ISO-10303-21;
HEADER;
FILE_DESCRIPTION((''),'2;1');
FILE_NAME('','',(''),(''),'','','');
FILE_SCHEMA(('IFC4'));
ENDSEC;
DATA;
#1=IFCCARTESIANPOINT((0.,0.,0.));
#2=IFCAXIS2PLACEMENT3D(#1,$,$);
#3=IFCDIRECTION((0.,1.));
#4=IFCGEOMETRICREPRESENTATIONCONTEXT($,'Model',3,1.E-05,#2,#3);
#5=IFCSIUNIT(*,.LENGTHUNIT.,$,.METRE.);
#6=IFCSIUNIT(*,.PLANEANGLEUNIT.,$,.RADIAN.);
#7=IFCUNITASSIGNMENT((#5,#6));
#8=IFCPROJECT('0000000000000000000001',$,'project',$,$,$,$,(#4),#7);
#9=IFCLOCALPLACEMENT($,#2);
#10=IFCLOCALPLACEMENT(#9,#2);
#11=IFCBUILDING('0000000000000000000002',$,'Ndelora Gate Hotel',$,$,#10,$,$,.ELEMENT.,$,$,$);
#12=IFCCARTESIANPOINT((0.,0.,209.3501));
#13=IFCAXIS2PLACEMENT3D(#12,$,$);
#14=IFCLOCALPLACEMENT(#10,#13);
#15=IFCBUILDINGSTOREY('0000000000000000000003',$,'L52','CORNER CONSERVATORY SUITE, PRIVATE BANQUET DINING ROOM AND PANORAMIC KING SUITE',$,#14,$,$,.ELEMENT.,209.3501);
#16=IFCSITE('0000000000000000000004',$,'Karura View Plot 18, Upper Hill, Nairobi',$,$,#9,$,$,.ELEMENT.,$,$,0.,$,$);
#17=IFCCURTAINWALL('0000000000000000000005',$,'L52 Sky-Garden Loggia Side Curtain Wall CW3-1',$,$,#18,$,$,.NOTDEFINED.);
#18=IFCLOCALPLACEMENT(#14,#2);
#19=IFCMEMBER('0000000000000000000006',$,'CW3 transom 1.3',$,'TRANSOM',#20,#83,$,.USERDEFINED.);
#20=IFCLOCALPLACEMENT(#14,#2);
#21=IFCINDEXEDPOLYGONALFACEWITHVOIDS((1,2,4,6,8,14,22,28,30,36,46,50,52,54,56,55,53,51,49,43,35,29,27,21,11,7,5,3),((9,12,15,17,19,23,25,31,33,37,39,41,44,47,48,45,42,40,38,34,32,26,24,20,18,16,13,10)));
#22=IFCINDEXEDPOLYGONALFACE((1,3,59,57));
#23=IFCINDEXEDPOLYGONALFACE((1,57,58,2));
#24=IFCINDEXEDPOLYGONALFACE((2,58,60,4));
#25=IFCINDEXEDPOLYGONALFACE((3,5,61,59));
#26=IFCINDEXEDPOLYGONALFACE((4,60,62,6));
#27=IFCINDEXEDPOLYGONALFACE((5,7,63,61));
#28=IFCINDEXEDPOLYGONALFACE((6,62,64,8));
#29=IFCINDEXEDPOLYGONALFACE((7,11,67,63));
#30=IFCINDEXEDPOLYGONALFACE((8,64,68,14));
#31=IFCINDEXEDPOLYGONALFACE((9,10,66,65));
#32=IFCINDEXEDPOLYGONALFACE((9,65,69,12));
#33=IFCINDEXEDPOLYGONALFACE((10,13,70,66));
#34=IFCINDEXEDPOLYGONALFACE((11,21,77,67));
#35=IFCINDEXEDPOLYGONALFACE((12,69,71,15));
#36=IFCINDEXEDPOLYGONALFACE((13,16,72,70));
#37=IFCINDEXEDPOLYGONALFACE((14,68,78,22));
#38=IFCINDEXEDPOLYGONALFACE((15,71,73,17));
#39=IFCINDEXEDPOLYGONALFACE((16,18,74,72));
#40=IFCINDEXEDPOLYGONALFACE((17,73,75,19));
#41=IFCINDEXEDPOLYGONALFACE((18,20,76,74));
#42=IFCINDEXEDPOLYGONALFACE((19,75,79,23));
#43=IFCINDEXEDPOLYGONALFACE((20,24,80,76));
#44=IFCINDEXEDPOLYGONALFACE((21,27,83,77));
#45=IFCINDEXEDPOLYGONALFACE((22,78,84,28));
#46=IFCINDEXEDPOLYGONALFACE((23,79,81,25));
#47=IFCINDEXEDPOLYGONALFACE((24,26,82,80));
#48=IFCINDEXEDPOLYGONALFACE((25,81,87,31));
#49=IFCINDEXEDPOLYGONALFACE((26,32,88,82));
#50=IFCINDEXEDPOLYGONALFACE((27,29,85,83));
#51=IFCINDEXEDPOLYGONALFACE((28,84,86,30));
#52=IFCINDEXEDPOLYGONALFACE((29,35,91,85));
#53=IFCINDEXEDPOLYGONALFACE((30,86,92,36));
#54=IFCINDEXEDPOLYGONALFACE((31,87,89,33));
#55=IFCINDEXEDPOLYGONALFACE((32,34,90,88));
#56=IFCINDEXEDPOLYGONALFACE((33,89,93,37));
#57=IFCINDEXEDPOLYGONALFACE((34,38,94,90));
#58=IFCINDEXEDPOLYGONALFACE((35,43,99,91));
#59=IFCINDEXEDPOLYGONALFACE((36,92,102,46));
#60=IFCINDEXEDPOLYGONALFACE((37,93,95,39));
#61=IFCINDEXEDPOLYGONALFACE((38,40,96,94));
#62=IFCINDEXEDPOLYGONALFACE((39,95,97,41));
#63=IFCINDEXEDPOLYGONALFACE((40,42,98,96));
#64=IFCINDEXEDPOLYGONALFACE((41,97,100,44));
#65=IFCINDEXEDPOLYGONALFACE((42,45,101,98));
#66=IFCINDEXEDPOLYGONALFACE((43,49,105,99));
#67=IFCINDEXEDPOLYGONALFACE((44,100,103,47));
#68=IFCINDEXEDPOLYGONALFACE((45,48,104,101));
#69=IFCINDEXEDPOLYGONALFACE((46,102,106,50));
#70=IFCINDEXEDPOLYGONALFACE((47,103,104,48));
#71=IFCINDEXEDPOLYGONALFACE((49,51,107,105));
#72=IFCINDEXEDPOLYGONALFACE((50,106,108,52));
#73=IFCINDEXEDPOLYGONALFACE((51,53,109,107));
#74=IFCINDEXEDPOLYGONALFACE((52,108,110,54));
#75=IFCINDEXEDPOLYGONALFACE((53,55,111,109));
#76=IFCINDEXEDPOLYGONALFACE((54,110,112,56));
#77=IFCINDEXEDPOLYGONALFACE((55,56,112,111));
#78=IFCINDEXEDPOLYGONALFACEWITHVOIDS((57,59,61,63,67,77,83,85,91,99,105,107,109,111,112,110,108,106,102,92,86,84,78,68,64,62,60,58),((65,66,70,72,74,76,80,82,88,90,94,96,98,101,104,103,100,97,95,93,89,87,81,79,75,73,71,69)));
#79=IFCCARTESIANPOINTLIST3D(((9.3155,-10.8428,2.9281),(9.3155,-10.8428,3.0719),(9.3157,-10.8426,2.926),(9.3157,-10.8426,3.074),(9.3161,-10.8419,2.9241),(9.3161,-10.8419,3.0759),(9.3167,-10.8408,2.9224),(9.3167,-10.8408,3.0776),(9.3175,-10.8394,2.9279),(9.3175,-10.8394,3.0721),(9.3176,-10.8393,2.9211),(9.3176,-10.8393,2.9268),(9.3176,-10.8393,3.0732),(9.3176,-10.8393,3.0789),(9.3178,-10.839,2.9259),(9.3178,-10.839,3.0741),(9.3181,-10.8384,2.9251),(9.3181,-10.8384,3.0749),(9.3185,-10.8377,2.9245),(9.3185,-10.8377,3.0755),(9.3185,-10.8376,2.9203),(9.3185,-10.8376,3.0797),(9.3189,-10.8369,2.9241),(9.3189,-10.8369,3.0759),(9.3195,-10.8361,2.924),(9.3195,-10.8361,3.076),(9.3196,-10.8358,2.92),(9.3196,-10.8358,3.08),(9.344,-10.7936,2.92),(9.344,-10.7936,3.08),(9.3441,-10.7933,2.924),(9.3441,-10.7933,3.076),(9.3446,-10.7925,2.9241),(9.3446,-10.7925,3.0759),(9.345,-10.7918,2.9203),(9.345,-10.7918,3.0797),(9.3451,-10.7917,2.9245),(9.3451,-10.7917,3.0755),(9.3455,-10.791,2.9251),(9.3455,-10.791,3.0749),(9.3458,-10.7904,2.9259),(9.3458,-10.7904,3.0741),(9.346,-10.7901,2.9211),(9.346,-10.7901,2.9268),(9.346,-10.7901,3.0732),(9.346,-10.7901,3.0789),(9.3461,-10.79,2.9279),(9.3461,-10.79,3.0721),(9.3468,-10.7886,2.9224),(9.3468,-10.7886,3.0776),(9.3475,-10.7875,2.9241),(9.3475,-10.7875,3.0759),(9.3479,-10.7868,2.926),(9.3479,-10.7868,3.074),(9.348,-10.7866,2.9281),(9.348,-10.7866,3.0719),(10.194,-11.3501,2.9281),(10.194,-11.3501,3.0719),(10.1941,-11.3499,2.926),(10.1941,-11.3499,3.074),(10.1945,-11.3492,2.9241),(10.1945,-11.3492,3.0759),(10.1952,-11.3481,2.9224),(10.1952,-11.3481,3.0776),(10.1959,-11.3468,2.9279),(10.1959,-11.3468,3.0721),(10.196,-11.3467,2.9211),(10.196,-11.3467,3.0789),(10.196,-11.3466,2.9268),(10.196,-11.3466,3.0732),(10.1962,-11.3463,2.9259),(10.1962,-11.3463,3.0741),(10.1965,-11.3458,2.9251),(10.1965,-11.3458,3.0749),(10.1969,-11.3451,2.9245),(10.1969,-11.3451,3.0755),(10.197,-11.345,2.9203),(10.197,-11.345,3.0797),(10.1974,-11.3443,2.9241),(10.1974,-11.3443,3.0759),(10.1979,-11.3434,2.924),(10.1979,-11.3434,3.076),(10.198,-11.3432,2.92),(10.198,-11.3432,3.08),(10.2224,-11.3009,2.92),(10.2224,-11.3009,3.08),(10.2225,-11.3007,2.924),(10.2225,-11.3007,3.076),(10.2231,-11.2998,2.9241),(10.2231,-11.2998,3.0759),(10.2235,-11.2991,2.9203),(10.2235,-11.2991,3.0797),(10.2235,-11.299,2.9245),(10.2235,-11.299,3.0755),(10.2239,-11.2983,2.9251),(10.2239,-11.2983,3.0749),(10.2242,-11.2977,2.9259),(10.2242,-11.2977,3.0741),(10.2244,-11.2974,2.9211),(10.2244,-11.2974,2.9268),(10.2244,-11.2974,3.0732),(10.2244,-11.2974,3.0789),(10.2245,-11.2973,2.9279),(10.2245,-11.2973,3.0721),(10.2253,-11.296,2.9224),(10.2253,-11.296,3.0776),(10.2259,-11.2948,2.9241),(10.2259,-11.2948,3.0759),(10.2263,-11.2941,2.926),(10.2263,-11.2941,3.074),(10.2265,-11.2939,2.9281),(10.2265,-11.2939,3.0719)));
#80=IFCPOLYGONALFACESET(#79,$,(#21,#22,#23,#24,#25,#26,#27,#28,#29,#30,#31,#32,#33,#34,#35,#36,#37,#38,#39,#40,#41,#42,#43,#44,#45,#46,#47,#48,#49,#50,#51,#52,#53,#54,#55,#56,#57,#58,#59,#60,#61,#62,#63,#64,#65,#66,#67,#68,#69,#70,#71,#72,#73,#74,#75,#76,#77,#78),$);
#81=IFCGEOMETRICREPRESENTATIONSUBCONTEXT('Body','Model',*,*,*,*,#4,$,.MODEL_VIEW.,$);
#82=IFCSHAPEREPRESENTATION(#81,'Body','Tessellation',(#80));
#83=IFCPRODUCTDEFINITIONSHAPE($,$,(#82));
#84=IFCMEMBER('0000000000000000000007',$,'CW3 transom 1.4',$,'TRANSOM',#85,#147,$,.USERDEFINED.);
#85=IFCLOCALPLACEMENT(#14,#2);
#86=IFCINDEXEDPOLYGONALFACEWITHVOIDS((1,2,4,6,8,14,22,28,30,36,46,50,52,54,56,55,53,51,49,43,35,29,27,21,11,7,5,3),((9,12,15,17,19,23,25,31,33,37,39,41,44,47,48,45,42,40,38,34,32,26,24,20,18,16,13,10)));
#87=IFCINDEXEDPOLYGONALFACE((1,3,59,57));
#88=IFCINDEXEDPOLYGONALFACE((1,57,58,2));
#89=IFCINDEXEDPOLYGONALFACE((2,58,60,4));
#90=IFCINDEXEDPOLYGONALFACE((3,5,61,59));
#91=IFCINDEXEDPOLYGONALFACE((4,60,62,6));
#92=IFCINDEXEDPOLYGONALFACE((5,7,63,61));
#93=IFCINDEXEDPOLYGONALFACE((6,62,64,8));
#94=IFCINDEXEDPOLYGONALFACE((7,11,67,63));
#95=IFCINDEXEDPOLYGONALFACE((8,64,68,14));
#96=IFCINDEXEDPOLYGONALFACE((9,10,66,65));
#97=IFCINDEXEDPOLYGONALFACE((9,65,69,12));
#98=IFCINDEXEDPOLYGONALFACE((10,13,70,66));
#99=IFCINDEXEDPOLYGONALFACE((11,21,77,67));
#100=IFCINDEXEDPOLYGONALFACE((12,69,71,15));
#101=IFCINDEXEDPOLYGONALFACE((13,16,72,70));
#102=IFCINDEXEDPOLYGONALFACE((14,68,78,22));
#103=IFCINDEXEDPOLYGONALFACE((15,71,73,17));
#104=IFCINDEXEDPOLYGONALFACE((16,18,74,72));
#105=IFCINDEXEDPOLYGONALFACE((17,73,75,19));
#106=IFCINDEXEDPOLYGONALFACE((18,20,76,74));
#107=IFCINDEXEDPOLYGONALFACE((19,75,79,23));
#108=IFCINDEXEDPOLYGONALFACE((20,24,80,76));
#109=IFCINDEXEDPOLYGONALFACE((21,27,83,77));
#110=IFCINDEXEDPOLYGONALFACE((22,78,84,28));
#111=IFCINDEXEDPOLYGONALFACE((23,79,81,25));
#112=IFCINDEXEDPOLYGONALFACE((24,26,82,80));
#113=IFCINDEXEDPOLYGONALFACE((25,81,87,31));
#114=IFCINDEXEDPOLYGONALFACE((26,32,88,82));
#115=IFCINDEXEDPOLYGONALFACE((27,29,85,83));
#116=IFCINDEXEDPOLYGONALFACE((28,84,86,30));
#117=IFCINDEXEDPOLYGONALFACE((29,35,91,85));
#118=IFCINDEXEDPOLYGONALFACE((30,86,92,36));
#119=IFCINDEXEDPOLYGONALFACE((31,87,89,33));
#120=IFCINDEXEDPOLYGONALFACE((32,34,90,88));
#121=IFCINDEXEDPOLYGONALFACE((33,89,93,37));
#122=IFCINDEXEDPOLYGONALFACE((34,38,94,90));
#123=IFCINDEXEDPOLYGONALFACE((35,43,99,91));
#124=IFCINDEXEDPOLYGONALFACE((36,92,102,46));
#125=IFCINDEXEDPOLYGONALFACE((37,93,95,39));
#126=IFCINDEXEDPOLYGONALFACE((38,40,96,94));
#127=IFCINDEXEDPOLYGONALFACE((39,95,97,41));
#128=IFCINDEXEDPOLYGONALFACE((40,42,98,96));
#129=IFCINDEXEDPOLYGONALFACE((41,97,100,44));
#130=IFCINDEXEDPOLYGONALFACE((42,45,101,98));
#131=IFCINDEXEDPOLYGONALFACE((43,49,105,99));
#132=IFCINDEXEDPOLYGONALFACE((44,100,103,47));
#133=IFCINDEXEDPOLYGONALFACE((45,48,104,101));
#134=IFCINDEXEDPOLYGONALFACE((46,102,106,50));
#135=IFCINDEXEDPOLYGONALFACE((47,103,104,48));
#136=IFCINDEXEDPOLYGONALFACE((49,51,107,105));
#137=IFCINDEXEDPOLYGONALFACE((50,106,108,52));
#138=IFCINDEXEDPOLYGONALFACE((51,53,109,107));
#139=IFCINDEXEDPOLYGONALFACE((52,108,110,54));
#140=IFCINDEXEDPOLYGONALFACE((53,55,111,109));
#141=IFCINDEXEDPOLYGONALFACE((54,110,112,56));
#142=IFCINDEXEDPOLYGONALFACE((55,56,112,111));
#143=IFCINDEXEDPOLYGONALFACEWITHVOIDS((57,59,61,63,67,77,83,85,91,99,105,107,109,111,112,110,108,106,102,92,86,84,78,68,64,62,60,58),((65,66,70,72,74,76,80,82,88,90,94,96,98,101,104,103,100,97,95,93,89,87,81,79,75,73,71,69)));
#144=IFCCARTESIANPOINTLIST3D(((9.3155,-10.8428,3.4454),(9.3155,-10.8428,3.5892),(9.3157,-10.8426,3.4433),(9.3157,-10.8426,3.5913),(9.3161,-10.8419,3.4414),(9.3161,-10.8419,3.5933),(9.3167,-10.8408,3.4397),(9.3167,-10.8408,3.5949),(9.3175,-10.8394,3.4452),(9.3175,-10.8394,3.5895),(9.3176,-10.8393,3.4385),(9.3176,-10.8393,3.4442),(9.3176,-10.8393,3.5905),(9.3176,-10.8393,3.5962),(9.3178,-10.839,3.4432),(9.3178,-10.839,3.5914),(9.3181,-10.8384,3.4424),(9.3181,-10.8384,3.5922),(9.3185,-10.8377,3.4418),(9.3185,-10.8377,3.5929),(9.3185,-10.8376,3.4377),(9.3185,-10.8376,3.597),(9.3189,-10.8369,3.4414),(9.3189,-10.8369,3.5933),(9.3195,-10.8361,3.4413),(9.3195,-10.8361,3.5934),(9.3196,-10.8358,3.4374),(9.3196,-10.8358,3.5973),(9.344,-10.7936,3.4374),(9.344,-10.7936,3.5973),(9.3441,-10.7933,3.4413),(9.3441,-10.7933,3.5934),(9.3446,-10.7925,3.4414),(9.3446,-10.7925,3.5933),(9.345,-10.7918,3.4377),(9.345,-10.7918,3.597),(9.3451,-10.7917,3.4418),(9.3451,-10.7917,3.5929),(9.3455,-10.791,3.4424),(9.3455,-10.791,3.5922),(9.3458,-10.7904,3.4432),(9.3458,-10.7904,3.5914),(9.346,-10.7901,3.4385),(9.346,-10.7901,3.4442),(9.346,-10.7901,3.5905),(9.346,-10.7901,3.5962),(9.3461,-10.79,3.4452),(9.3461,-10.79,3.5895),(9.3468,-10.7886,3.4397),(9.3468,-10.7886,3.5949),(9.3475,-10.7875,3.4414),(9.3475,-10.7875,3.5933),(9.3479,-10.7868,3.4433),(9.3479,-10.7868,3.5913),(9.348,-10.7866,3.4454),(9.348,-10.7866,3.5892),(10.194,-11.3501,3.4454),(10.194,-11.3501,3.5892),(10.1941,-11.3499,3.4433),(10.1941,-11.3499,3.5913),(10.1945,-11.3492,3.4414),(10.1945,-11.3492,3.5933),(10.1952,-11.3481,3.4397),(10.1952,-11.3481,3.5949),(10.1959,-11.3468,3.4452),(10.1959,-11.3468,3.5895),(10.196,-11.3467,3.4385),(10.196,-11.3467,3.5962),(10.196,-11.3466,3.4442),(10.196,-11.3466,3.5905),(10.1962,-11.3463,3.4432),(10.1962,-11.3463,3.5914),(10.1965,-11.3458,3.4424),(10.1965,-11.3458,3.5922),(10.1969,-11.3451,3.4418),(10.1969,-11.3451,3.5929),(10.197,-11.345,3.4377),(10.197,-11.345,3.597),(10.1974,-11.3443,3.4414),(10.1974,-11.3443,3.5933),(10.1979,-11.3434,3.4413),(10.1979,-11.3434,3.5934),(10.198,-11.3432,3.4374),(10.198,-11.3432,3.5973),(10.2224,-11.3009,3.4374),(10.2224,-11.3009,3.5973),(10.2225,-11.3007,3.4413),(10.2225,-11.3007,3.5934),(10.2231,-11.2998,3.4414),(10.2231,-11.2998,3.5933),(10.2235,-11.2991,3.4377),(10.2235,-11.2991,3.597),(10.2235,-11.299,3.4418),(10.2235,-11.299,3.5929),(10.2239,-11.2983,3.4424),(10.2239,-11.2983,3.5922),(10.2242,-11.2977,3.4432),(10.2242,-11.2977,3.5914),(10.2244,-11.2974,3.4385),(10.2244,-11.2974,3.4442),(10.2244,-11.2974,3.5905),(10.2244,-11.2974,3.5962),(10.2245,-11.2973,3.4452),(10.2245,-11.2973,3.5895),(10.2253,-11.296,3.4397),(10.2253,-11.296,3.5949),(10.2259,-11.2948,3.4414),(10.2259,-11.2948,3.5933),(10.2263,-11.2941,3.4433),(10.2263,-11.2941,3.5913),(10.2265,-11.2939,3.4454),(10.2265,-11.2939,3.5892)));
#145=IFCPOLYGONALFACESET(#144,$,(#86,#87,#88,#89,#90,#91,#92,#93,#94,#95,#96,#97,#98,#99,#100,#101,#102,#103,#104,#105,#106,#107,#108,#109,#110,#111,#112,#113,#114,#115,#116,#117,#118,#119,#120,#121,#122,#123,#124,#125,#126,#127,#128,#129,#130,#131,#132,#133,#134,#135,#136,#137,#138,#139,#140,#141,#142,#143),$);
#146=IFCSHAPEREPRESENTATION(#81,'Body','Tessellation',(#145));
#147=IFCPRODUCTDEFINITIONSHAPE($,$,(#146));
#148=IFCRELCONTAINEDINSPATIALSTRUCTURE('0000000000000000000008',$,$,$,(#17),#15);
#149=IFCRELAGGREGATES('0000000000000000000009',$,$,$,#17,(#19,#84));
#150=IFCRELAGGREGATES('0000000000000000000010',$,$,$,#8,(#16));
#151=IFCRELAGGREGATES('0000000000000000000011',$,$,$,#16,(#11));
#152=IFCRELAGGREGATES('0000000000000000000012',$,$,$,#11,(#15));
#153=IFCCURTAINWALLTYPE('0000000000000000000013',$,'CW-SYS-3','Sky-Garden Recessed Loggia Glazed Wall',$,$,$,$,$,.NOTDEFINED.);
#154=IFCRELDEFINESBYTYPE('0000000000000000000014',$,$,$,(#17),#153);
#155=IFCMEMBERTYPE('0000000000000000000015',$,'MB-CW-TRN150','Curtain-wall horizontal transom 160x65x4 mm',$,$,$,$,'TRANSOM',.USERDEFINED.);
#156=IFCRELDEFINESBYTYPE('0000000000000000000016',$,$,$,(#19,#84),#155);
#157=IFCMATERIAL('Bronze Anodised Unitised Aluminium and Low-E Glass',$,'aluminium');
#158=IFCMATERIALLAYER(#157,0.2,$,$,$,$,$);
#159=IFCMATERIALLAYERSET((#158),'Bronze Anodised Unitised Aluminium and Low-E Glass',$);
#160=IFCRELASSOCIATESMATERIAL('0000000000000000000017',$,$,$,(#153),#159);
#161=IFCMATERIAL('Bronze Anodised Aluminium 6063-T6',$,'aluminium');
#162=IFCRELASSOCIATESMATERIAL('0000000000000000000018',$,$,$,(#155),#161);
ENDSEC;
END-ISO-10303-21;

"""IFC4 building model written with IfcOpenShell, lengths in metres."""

from ifc_helpers import new_model, si_unit, direction, frame, origin, origin_2d, place, context, subcontext, project, spatial, hollow_rectangle, extrude, material, layer, layer_set, material_profile, profile_set, type_object, element, aggregate, save


model = new_model("IFC4")

# Units and contexts
model_context = context("Model", 3, precision=1e-05, world=origin(), true_north=direction((0.0, 1.0)))
body_context = subcontext(model_context, "Body", "Model", "MODEL_VIEW")
ifc_project = project(units=[si_unit("LENGTHUNIT", "METRE"), si_unit("PLANEANGLEUNIT", "RADIAN")], contexts=[model_context])

# Site, building, storey
site_placement = place(None, origin())
site = spatial("IfcSite", under=ifc_project, at=site_placement, Name="Karura View Plot 18, Upper Hill, Nairobi", CompositionType="ELEMENT", RefElevation=0.0)
building_placement = place(site_placement, origin())
building = spatial("IfcBuilding", under=site, at=building_placement, Name="Ndelora Gate Hotel", CompositionType="ELEMENT")
storey_placement = place(building_placement, frame((0.0, 0.0, 209.3501)))
storey = spatial("IfcBuildingStorey", under=building, at=storey_placement, Name="L52", Description="CORNER CONSERVATORY SUITE, PRIVATE BANQUET DINING ROOM AND PANORAMIC KING SUITE", CompositionType="ELEMENT", Elevation=209.3501)

# Curtain wall, members
ifc_material_1 = material(Name="Bronze Anodised Unitised Aluminium and Low-E Glass", Category="aluminium")
ifc_layer_1 = layer(ifc_material_1, 0.2)
ifc_layer_set_1 = layer_set([ifc_layer_1], Name="Bronze Anodised Unitised Aluminium and Low-E Glass")
curtain_wall_type = type_object("IfcCurtainWallType", Name="CW-SYS-3", Description="Sky-Garden Recessed Loggia Glazed Wall", PredefinedType="NOTDEFINED", material=ifc_layer_set_1)
curtain_wall_placement = place(storey_placement, origin())
curtain_wall = element("IfcCurtainWall", 1, at=curtain_wall_placement, inside=storey, type_object=curtain_wall_type, Name="L52 Sky-Garden Loggia Side Curtain Wall CW3-1", PredefinedType="NOTDEFINED")
ifc_material_2 = material(Name="Bronze Anodised Aluminium 6063-T6", Category="aluminium")
ifc_material_profile_1 = material_profile(ifc_material_2, hollow_rectangle(XDim=0.0649, YDim=0.1599, WallThickness=0.0039, InnerFilletRadius=0.0039, OuterFilletRadius=0.0081, at=origin_2d()), Name="ALU 160x65x4")
ifc_profile_set_1 = profile_set([ifc_material_profile_1], Name="Bronze Anodised Aluminium 6063-T6")
member_type_1 = type_object("IfcMemberType", Name="MB-CW-TRN150", Description="Curtain-wall horizontal transom 160x65x4 mm", ElementType="TRANSOM", PredefinedType="USERDEFINED", material=ifc_profile_set_1)
member_1_placement = place(storey_placement, frame((9.3318, -10.8147, 3.0), z_axis=(0.865953, -0.500125, 0.0), x_axis=(0.500125, 0.865953, 0.0)))
member_1 = element("IfcMember", 2, at=member_1_placement, type_object=member_type_1, Name="CW3 transom 1.3", ObjectType="TRANSOM", PredefinedType="USERDEFINED", context=body_context, shape_type="SweptSolid", body=[
    extrude(hollow_rectangle(XDim=0.0649, YDim=0.1599, WallThickness=0.0039, InnerFilletRadius=0.0039, OuterFilletRadius=0.0081, at=origin_2d()), origin(), (0.0, 0.0, 1.0), 1.0144),
])
member_2_placement = place(storey_placement, frame((9.3318, -10.8147, 3.5173), z_axis=(0.865953, -0.500125, 0.0), x_axis=(0.500125, 0.865953, 0.0)))
member_2 = element("IfcMember", 3, at=member_2_placement, type_object=member_type_1, Name="CW3 transom 1.4", ObjectType="TRANSOM", PredefinedType="USERDEFINED", context=body_context, shape_type="SweptSolid", body=[
    extrude(hollow_rectangle(XDim=0.0649, YDim=0.1599, WallThickness=0.0039, InnerFilletRadius=0.0039, OuterFilletRadius=0.0081, at=origin_2d()), origin(), (0.0, 0.0, 1.0), 1.0144),
])
aggregate(curtain_wall, [member_1, member_2])

save(model, "model.ifc")
